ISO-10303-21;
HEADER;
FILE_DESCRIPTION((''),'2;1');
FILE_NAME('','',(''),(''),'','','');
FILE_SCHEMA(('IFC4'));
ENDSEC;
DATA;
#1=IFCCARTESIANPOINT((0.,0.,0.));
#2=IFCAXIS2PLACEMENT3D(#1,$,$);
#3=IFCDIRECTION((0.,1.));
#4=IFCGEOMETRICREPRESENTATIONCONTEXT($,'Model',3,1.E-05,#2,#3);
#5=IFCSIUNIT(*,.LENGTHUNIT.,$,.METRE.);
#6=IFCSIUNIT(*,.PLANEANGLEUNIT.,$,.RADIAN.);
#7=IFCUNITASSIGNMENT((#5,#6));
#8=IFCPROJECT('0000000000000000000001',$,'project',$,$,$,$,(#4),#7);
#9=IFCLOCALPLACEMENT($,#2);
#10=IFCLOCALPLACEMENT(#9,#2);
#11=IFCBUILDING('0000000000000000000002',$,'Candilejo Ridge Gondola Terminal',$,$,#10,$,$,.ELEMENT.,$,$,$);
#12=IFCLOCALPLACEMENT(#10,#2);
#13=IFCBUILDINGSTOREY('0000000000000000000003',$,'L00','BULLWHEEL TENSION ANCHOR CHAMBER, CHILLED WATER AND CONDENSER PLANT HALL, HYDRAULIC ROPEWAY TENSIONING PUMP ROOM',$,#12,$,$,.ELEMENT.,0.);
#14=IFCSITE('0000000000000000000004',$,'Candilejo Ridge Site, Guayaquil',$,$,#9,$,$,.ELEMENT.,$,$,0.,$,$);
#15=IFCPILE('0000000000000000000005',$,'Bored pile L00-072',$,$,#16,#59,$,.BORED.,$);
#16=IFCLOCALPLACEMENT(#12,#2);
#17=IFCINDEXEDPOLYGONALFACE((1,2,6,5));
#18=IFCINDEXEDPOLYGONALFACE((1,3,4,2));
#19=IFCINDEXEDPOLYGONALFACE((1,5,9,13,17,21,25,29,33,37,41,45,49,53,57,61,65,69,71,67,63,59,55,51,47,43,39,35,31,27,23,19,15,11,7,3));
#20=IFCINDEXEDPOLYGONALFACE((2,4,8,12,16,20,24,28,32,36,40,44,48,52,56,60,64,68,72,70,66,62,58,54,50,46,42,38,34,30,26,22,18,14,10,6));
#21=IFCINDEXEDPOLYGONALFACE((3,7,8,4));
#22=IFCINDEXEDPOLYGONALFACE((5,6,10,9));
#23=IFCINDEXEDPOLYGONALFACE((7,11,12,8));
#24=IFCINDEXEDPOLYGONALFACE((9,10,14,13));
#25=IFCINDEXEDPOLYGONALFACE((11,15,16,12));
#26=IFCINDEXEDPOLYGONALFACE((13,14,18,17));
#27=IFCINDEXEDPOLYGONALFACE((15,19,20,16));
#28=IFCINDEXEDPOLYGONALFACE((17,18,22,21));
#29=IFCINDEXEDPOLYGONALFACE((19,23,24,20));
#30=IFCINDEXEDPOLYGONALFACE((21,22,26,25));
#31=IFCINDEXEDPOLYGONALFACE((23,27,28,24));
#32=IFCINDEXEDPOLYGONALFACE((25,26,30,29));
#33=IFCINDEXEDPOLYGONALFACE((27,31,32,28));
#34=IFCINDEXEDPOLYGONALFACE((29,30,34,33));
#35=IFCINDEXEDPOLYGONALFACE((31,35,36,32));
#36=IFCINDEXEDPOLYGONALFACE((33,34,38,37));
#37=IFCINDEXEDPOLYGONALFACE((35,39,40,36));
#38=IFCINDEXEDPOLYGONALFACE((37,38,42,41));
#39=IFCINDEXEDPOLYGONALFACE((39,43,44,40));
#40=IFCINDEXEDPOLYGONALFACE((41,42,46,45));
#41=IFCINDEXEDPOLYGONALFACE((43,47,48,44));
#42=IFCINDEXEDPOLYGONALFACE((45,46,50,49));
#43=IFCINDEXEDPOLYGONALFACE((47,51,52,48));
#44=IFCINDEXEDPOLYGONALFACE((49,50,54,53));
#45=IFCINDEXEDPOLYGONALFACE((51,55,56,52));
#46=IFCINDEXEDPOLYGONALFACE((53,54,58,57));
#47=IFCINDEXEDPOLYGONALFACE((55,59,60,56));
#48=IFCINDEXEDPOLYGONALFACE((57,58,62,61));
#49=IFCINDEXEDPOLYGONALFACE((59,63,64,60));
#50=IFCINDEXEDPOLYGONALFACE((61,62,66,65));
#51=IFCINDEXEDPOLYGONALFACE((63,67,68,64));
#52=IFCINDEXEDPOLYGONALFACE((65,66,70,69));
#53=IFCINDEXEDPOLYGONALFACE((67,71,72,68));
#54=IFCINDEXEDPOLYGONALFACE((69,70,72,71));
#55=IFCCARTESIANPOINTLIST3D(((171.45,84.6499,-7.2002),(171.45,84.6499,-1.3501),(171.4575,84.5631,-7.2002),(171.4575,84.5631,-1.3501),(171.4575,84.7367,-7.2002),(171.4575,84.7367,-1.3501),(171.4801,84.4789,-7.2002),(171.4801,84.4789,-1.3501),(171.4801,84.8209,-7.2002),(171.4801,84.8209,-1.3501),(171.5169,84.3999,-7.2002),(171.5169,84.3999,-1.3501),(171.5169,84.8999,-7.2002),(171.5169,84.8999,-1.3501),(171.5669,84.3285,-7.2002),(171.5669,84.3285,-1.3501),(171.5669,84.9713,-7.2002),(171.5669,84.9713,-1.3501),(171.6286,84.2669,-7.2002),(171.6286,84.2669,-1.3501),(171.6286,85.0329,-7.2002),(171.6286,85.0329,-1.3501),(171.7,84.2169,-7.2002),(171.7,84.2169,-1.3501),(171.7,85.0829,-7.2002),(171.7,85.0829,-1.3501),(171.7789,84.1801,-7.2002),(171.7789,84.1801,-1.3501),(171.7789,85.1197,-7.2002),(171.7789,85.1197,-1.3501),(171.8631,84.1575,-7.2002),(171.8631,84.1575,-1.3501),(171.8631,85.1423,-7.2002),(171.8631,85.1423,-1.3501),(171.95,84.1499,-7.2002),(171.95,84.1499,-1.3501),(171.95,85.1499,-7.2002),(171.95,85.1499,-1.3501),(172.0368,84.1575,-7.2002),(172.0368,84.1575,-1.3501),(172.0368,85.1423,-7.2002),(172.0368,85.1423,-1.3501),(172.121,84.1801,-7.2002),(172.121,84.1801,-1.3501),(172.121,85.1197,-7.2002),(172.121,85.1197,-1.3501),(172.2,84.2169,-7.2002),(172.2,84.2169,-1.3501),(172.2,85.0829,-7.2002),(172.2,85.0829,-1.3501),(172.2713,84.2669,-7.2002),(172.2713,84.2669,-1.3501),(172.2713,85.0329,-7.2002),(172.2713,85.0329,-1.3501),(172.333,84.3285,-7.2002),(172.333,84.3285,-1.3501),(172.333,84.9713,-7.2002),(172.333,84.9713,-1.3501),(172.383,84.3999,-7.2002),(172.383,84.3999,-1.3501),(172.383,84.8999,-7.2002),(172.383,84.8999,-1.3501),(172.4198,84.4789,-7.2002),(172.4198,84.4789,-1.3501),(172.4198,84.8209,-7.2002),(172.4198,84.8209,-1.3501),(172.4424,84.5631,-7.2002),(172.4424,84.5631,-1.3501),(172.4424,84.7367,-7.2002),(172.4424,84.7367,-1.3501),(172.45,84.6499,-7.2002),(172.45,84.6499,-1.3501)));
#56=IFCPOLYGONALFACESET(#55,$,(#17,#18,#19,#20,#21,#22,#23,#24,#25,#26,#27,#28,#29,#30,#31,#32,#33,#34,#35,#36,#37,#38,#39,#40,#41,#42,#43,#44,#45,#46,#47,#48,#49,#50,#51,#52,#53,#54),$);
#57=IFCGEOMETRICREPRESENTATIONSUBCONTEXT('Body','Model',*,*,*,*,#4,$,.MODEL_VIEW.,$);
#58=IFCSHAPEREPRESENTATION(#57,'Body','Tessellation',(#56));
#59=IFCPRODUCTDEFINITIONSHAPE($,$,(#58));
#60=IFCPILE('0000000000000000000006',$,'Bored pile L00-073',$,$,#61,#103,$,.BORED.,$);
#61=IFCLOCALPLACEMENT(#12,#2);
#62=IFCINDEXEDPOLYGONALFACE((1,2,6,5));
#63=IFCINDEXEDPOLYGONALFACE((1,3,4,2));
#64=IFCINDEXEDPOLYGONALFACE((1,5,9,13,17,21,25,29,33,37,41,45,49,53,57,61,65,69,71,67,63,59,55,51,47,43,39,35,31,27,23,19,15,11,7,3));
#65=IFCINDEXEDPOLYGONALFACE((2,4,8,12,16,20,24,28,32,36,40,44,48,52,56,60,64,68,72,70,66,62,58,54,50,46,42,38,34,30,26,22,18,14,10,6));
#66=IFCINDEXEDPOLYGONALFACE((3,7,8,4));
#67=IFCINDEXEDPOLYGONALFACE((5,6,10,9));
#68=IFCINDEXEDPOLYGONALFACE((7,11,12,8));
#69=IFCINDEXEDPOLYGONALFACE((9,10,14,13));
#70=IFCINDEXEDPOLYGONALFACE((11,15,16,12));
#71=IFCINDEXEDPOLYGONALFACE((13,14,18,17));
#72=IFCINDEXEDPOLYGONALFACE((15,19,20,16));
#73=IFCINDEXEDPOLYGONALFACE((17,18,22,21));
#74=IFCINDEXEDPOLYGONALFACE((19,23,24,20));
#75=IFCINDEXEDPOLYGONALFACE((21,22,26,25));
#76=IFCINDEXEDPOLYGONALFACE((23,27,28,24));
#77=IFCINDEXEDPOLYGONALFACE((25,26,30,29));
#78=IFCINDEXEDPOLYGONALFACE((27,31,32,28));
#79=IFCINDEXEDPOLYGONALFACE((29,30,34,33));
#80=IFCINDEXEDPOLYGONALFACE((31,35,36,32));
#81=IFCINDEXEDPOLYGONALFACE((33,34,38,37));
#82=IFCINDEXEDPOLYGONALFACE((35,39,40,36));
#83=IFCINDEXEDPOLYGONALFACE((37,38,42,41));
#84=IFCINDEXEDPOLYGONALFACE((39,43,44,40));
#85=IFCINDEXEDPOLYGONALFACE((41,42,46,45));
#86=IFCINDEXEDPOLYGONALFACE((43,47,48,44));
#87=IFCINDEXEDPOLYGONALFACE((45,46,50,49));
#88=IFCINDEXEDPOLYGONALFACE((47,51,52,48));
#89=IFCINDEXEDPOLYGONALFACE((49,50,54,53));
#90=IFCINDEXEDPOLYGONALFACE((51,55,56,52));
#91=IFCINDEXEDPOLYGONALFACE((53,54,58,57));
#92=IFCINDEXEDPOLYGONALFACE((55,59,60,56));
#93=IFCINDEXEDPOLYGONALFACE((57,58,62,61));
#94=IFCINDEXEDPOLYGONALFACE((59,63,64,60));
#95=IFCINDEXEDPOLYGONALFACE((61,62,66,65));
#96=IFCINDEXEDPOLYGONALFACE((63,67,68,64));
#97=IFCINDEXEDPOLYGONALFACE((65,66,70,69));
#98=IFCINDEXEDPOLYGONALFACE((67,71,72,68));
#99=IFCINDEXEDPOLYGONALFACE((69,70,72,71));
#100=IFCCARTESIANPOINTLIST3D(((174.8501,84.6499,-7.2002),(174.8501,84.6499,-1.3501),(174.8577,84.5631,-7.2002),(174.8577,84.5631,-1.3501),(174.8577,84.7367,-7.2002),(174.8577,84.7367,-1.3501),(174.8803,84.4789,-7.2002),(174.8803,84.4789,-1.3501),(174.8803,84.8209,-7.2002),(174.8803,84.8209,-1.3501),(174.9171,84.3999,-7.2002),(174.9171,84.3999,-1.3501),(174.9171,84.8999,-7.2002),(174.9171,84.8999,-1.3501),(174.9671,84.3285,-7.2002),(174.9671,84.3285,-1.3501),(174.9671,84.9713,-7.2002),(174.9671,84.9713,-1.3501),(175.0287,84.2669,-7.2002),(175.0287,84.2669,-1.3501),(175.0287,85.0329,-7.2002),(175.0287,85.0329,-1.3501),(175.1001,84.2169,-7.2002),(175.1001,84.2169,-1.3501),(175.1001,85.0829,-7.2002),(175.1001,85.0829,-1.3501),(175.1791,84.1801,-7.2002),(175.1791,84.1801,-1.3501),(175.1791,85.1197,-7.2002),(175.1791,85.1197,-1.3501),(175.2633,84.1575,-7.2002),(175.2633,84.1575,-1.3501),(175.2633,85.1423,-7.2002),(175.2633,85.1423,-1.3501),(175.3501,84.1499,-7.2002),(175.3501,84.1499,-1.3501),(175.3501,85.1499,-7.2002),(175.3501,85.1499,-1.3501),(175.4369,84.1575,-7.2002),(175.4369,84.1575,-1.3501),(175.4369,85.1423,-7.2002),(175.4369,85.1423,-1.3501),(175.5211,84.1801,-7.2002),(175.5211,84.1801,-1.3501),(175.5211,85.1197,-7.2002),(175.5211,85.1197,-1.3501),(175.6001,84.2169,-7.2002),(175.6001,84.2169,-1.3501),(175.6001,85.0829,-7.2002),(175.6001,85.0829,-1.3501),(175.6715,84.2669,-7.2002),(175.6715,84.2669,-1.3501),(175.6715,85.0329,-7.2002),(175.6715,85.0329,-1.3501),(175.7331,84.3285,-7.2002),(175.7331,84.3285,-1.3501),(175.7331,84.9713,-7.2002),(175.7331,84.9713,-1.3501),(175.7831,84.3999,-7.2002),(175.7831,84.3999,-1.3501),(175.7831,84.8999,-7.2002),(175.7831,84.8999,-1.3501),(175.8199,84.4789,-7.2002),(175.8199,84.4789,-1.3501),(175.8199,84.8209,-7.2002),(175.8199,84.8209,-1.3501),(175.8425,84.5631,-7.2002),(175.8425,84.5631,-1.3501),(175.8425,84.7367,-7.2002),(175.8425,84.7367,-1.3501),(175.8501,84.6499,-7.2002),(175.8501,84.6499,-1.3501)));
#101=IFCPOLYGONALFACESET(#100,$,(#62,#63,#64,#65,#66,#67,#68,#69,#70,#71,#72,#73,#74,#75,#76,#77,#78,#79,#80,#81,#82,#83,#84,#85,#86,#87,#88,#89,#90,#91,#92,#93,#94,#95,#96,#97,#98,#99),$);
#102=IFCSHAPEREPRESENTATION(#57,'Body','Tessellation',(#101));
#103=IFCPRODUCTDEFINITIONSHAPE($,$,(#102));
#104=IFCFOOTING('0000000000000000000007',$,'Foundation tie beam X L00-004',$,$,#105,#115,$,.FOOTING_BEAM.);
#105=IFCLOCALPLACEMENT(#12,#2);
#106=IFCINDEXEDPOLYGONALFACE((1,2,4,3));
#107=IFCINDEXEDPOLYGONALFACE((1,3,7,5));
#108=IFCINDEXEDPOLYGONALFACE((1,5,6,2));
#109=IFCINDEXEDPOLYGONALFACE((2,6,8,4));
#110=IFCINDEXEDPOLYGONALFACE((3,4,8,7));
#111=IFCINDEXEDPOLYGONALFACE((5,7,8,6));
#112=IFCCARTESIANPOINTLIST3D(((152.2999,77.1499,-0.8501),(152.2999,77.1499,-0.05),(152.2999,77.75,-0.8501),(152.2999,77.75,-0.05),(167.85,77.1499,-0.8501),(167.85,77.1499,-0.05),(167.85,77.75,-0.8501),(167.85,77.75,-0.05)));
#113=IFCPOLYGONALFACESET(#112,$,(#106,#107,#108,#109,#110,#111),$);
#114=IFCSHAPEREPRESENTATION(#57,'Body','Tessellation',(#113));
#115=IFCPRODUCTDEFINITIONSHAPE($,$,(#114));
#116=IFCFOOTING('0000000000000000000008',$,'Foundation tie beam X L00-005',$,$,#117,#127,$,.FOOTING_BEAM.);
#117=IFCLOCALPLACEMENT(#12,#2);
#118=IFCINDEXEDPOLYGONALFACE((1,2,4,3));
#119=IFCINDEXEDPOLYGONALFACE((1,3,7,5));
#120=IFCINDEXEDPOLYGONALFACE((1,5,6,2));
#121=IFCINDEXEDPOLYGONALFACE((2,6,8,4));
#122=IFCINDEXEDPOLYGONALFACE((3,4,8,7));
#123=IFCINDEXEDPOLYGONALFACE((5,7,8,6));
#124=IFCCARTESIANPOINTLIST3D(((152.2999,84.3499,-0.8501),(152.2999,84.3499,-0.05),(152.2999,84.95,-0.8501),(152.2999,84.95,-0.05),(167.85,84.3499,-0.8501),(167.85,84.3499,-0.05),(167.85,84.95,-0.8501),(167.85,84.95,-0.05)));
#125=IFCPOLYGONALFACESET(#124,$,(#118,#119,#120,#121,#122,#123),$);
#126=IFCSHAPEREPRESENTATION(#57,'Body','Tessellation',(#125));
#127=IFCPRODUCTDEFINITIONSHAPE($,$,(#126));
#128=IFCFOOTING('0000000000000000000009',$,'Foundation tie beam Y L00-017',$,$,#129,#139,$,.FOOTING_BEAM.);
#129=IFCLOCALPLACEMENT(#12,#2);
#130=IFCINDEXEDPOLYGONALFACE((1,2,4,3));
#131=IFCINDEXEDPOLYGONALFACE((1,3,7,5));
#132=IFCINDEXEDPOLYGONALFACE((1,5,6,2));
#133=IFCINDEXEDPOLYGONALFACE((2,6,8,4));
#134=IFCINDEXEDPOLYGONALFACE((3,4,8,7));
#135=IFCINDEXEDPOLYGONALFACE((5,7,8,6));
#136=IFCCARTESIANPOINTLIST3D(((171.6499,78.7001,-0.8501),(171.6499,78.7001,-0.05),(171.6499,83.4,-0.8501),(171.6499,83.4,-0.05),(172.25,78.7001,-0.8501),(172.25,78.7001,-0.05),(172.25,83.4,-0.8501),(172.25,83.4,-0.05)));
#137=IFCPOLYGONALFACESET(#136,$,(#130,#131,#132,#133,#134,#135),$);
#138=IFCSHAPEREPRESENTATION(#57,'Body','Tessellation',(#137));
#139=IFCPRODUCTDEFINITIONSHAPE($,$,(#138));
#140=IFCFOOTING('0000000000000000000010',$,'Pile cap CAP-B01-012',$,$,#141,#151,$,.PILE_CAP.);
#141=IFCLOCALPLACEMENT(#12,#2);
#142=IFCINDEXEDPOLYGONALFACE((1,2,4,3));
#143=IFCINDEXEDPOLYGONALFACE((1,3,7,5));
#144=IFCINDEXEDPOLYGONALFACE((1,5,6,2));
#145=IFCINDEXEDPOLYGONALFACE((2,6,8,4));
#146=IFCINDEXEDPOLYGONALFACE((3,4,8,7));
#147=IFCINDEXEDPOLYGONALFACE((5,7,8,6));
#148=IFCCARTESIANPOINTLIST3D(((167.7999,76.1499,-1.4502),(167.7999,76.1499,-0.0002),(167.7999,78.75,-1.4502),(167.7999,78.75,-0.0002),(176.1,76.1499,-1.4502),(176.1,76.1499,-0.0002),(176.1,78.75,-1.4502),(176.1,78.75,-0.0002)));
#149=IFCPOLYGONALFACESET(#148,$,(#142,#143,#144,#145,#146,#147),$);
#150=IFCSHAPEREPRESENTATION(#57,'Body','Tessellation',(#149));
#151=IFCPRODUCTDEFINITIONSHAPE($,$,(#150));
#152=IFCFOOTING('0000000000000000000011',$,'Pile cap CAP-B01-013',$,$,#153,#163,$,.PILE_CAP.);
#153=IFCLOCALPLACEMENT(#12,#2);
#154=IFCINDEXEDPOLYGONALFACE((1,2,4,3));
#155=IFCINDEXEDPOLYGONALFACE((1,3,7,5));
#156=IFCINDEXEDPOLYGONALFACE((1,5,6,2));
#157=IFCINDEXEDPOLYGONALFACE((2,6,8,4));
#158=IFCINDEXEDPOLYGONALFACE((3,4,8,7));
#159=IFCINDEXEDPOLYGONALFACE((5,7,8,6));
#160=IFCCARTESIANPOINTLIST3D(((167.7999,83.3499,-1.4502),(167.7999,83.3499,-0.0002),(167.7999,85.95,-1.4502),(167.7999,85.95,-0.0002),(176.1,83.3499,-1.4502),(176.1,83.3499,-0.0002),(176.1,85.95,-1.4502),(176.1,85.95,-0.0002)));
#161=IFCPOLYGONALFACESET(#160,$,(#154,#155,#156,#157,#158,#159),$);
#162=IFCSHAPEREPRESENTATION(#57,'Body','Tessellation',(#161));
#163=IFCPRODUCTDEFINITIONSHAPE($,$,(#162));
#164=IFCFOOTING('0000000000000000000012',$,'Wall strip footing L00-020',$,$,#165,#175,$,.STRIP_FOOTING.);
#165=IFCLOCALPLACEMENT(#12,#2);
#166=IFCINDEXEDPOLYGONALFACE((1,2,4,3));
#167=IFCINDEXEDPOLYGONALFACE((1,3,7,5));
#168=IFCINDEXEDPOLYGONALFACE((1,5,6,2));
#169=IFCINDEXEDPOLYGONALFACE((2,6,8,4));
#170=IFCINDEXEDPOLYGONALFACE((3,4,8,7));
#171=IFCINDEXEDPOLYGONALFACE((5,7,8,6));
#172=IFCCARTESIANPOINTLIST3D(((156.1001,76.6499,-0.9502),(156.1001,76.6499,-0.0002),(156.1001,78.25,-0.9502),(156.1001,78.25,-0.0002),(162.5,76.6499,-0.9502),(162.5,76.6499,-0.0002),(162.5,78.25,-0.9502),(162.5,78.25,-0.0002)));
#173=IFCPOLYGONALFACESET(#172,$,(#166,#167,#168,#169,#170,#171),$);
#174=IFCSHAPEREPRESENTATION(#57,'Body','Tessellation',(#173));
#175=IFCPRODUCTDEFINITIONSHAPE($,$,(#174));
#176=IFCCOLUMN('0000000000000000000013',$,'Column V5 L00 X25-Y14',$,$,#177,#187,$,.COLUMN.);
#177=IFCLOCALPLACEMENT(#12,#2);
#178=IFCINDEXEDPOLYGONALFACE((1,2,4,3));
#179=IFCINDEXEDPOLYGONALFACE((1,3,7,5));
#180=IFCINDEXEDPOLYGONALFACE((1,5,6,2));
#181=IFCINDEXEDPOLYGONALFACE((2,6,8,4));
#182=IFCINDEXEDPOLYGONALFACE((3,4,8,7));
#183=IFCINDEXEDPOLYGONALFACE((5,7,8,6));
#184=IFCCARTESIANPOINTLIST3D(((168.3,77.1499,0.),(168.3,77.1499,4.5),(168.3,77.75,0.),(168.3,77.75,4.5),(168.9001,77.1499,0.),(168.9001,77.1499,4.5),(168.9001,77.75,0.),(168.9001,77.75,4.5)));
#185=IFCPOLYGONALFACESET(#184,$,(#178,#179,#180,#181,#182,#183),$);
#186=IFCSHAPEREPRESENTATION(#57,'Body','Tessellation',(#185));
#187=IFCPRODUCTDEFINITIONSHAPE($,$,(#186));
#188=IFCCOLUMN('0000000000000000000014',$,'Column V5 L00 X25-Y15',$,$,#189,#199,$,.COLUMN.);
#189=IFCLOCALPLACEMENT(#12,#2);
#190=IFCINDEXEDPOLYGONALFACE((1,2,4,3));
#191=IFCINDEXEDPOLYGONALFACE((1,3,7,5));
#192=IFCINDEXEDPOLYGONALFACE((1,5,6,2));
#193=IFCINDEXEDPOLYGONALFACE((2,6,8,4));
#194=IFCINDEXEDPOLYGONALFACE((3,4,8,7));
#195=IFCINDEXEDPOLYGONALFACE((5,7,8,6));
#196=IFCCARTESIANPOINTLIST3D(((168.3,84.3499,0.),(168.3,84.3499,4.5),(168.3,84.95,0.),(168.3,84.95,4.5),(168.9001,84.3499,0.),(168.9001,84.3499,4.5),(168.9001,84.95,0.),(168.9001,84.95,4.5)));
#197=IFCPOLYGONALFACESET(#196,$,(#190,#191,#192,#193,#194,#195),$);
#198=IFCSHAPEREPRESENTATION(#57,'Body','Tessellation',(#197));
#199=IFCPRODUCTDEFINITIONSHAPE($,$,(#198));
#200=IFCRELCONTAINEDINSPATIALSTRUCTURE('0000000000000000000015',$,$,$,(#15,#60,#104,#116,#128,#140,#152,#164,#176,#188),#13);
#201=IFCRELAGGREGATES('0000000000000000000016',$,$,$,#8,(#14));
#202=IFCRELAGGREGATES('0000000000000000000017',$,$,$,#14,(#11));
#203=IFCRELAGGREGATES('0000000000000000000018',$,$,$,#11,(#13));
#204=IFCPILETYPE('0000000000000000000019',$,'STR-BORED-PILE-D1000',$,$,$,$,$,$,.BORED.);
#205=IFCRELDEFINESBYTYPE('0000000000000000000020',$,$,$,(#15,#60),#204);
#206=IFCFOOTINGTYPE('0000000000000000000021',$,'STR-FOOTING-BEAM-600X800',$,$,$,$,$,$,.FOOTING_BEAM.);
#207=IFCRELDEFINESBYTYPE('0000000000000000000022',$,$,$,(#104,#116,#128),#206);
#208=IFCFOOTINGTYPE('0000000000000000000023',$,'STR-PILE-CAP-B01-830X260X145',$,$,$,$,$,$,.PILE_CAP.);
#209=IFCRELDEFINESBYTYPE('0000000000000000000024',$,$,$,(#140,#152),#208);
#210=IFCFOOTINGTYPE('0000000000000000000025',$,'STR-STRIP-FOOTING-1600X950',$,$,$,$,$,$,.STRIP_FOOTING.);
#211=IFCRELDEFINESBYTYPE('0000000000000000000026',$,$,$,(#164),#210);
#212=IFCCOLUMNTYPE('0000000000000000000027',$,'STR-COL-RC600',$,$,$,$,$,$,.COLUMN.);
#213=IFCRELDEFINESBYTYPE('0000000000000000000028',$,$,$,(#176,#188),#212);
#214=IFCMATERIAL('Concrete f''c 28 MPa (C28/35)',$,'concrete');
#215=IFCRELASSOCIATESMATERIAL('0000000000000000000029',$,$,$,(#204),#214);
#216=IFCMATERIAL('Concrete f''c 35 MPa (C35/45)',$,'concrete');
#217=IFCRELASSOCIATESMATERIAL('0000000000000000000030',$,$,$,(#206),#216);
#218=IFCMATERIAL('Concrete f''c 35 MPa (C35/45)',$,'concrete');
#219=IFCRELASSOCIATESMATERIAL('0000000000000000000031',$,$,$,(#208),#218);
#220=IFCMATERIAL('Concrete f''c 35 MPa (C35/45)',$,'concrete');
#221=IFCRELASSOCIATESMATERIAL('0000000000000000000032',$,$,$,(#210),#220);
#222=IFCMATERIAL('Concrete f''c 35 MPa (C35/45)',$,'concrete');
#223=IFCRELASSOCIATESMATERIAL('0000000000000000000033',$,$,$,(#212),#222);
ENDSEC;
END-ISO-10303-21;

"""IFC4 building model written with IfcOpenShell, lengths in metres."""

from ifc_helpers import new_model, si_unit, direction, frame, origin, origin_2d, place, context, subcontext, project, spatial, rectangle, circle, extrude, material, material_profile, profile_set, type_object, element, save


model = new_model("IFC4")

# Units and contexts
model_context = context("Model", 3, precision=1e-05, world=origin(), true_north=direction((0.0, 1.0)))
body_context = subcontext(model_context, "Body", "Model", "MODEL_VIEW")
ifc_project = project(units=[si_unit("LENGTHUNIT", "METRE"), si_unit("PLANEANGLEUNIT", "RADIAN")], contexts=[model_context])

# Site, building, storey
site_placement = place(None, origin())
site = spatial("IfcSite", under=ifc_project, at=site_placement, Name="Candilejo Ridge Site, Guayaquil", CompositionType="ELEMENT", RefElevation=0.0)
building_placement = place(site_placement, origin())
building = spatial("IfcBuilding", under=site, at=building_placement, Name="Candilejo Ridge Gondola Terminal", CompositionType="ELEMENT")
storey_placement = place(building_placement, origin())
storey = spatial("IfcBuildingStorey", under=building, at=storey_placement, Name="L00", Description="BULLWHEEL TENSION ANCHOR CHAMBER, CHILLED WATER AND CONDENSER PLANT HALL, HYDRAULIC ROPEWAY TENSIONING PUMP ROOM", CompositionType="ELEMENT", Elevation=0.0)

# Piles
ifc_material_1 = material(Name="Concrete f'c 28 MPa (C28/35)", Category="concrete")
ifc_material_profile_1 = material_profile(ifc_material_1, circle(Radius=0.5, at=origin_2d()))
ifc_profile_set_1 = profile_set([ifc_material_profile_1], Name="Concrete f'c 28 MPa (C28/35)")
pile_type = type_object("IfcPileType", Name="STR-BORED-PILE-D1000", PredefinedType="BORED", material=ifc_profile_set_1)
for number, where, z_axis, x_axis, name in (
    (1, (171.95, 84.6499, -1.3501), (0.0, 0.0, -1.0), (1.0, 0.0, 0.0), "Bored pile L00-072"),
    (2, (175.3501, 84.6499, -1.3501), (0.0, 0.0, -1.0), (1.0, 0.0, 0.0), "Bored pile L00-073"),
):
    element("IfcPile", number, at=place(storey_placement, frame(where, z_axis=z_axis, x_axis=x_axis)), inside=storey, type_object=pile_type, Name=name, PredefinedType="BORED", context=body_context, shape_type="SweptSolid", body=[
        extrude(circle(Radius=0.5, at=origin_2d()), origin(), (0.0, 0.0, 1.0), 5.8501),
    ])

# Footings
ifc_material_2 = material(Name="Concrete f'c 35 MPa (C35/45)", Category="concrete")
footing_type_1 = type_object("IfcFootingType", Name="STR-FOOTING-BEAM-600X800", PredefinedType="FOOTING_BEAM", material=ifc_material_2)
for number, where, z_axis, x_axis, name in (
    (3, (160.075, 77.45, -0.8501), (0.0, 0.0, 1.0), (1.0, 0.0, 0.0), "Foundation tie beam X L00-004"),
    (4, (160.075, 84.6499, -0.8501), (0.0, 0.0, 1.0), (1.0, 0.0, 0.0), "Foundation tie beam X L00-005"),
):
    element("IfcFooting", number, at=place(storey_placement, frame(where, z_axis=z_axis, x_axis=x_axis)), inside=storey, type_object=footing_type_1, Name=name, PredefinedType="FOOTING_BEAM", context=body_context, shape_type="SweptSolid", body=[
        extrude(rectangle(XDim=15.55, YDim=0.6001, at=origin_2d()), origin(), (0.0, 0.0, 1.0), 0.8),
    ])
footing_1_placement = place(storey_placement, frame((171.95, 81.05, -0.8501), z_axis=(0.0, 0.0, 1.0), x_axis=(1.0, 0.0, 0.0)))
element("IfcFooting", 5, at=footing_1_placement, inside=storey, type_object=footing_type_1, Name="Foundation tie beam Y L00-017", PredefinedType="FOOTING_BEAM", context=body_context, shape_type="SweptSolid", body=[
    extrude(rectangle(XDim=0.6001, YDim=4.7, at=origin_2d()), origin(), (0.0, 0.0, 1.0), 0.8),
])
ifc_material_3 = material(Name="Concrete f'c 35 MPa (C35/45)", Category="concrete")
footing_type_2 = type_object("IfcFootingType", Name="STR-PILE-CAP-B01-830X260X145", PredefinedType="PILE_CAP", material=ifc_material_3)
for number, where, z_axis, x_axis, name in (
    (6, (171.95, 77.45, -1.4502), (0.0, 0.0, 1.0), (1.0, 0.0, 0.0), "Pile cap CAP-B01-012"),
    (7, (171.95, 84.6499, -1.4502), (0.0, 0.0, 1.0), (1.0, 0.0, 0.0), "Pile cap CAP-B01-013"),
):
    element("IfcFooting", number, at=place(storey_placement, frame(where, z_axis=z_axis, x_axis=x_axis)), inside=storey, type_object=footing_type_2, Name=name, PredefinedType="PILE_CAP", context=body_context, shape_type="SweptSolid", body=[
        extrude(rectangle(XDim=8.3, YDim=2.6001, at=origin_2d()), origin(), (0.0, 0.0, 1.0), 1.45),
    ])
ifc_material_4 = material(Name="Concrete f'c 35 MPa (C35/45)", Category="concrete")
footing_type_3 = type_object("IfcFootingType", Name="STR-STRIP-FOOTING-1600X950", PredefinedType="STRIP_FOOTING", material=ifc_material_4)
footing_2_placement = place(storey_placement, frame((159.3, 77.45, -0.9502), z_axis=(0.0, 0.0, 1.0), x_axis=(1.0, 0.0, 0.0)))
element("IfcFooting", 8, at=footing_2_placement, inside=storey, type_object=footing_type_3, Name="Wall strip footing L00-020", PredefinedType="STRIP_FOOTING", context=body_context, shape_type="SweptSolid", body=[
    extrude(rectangle(XDim=6.3999, YDim=1.6001, at=origin_2d()), origin(), (0.0, 0.0, 1.0), 0.95),
])

# Columns
ifc_material_5 = material(Name="Concrete f'c 35 MPa (C35/45)", Category="concrete")
ifc_material_profile_2 = material_profile(ifc_material_5, rectangle(XDim=0.6001, YDim=0.6001, at=origin_2d()))
ifc_profile_set_2 = profile_set([ifc_material_profile_2], Name="Concrete f'c 35 MPa (C35/45)")
column_type = type_object("IfcColumnType", Name="STR-COL-RC600", PredefinedType="COLUMN", material=ifc_profile_set_2)
for number, where, z_axis, x_axis, name in (
    (9, (168.6001, 77.45, 0.0), (0.0, 0.0, 1.0), (1.0, 0.0, 0.0), "Column V5 L00 X25-Y14"),
    (10, (168.6001, 84.6499, 0.0), (0.0, 0.0, 1.0), (1.0, 0.0, 0.0), "Column V5 L00 X25-Y15"),
):
    element("IfcColumn", number, at=place(storey_placement, frame(where, z_axis=z_axis, x_axis=x_axis)), inside=storey, type_object=column_type, Name=name, PredefinedType="COLUMN", context=body_context, shape_type="SweptSolid", body=[
        extrude(rectangle(XDim=0.6001, YDim=0.6001, at=origin_2d()), origin(), (0.0, 0.0, 1.0), 4.5),
    ])

save(model, "model.ifc")
